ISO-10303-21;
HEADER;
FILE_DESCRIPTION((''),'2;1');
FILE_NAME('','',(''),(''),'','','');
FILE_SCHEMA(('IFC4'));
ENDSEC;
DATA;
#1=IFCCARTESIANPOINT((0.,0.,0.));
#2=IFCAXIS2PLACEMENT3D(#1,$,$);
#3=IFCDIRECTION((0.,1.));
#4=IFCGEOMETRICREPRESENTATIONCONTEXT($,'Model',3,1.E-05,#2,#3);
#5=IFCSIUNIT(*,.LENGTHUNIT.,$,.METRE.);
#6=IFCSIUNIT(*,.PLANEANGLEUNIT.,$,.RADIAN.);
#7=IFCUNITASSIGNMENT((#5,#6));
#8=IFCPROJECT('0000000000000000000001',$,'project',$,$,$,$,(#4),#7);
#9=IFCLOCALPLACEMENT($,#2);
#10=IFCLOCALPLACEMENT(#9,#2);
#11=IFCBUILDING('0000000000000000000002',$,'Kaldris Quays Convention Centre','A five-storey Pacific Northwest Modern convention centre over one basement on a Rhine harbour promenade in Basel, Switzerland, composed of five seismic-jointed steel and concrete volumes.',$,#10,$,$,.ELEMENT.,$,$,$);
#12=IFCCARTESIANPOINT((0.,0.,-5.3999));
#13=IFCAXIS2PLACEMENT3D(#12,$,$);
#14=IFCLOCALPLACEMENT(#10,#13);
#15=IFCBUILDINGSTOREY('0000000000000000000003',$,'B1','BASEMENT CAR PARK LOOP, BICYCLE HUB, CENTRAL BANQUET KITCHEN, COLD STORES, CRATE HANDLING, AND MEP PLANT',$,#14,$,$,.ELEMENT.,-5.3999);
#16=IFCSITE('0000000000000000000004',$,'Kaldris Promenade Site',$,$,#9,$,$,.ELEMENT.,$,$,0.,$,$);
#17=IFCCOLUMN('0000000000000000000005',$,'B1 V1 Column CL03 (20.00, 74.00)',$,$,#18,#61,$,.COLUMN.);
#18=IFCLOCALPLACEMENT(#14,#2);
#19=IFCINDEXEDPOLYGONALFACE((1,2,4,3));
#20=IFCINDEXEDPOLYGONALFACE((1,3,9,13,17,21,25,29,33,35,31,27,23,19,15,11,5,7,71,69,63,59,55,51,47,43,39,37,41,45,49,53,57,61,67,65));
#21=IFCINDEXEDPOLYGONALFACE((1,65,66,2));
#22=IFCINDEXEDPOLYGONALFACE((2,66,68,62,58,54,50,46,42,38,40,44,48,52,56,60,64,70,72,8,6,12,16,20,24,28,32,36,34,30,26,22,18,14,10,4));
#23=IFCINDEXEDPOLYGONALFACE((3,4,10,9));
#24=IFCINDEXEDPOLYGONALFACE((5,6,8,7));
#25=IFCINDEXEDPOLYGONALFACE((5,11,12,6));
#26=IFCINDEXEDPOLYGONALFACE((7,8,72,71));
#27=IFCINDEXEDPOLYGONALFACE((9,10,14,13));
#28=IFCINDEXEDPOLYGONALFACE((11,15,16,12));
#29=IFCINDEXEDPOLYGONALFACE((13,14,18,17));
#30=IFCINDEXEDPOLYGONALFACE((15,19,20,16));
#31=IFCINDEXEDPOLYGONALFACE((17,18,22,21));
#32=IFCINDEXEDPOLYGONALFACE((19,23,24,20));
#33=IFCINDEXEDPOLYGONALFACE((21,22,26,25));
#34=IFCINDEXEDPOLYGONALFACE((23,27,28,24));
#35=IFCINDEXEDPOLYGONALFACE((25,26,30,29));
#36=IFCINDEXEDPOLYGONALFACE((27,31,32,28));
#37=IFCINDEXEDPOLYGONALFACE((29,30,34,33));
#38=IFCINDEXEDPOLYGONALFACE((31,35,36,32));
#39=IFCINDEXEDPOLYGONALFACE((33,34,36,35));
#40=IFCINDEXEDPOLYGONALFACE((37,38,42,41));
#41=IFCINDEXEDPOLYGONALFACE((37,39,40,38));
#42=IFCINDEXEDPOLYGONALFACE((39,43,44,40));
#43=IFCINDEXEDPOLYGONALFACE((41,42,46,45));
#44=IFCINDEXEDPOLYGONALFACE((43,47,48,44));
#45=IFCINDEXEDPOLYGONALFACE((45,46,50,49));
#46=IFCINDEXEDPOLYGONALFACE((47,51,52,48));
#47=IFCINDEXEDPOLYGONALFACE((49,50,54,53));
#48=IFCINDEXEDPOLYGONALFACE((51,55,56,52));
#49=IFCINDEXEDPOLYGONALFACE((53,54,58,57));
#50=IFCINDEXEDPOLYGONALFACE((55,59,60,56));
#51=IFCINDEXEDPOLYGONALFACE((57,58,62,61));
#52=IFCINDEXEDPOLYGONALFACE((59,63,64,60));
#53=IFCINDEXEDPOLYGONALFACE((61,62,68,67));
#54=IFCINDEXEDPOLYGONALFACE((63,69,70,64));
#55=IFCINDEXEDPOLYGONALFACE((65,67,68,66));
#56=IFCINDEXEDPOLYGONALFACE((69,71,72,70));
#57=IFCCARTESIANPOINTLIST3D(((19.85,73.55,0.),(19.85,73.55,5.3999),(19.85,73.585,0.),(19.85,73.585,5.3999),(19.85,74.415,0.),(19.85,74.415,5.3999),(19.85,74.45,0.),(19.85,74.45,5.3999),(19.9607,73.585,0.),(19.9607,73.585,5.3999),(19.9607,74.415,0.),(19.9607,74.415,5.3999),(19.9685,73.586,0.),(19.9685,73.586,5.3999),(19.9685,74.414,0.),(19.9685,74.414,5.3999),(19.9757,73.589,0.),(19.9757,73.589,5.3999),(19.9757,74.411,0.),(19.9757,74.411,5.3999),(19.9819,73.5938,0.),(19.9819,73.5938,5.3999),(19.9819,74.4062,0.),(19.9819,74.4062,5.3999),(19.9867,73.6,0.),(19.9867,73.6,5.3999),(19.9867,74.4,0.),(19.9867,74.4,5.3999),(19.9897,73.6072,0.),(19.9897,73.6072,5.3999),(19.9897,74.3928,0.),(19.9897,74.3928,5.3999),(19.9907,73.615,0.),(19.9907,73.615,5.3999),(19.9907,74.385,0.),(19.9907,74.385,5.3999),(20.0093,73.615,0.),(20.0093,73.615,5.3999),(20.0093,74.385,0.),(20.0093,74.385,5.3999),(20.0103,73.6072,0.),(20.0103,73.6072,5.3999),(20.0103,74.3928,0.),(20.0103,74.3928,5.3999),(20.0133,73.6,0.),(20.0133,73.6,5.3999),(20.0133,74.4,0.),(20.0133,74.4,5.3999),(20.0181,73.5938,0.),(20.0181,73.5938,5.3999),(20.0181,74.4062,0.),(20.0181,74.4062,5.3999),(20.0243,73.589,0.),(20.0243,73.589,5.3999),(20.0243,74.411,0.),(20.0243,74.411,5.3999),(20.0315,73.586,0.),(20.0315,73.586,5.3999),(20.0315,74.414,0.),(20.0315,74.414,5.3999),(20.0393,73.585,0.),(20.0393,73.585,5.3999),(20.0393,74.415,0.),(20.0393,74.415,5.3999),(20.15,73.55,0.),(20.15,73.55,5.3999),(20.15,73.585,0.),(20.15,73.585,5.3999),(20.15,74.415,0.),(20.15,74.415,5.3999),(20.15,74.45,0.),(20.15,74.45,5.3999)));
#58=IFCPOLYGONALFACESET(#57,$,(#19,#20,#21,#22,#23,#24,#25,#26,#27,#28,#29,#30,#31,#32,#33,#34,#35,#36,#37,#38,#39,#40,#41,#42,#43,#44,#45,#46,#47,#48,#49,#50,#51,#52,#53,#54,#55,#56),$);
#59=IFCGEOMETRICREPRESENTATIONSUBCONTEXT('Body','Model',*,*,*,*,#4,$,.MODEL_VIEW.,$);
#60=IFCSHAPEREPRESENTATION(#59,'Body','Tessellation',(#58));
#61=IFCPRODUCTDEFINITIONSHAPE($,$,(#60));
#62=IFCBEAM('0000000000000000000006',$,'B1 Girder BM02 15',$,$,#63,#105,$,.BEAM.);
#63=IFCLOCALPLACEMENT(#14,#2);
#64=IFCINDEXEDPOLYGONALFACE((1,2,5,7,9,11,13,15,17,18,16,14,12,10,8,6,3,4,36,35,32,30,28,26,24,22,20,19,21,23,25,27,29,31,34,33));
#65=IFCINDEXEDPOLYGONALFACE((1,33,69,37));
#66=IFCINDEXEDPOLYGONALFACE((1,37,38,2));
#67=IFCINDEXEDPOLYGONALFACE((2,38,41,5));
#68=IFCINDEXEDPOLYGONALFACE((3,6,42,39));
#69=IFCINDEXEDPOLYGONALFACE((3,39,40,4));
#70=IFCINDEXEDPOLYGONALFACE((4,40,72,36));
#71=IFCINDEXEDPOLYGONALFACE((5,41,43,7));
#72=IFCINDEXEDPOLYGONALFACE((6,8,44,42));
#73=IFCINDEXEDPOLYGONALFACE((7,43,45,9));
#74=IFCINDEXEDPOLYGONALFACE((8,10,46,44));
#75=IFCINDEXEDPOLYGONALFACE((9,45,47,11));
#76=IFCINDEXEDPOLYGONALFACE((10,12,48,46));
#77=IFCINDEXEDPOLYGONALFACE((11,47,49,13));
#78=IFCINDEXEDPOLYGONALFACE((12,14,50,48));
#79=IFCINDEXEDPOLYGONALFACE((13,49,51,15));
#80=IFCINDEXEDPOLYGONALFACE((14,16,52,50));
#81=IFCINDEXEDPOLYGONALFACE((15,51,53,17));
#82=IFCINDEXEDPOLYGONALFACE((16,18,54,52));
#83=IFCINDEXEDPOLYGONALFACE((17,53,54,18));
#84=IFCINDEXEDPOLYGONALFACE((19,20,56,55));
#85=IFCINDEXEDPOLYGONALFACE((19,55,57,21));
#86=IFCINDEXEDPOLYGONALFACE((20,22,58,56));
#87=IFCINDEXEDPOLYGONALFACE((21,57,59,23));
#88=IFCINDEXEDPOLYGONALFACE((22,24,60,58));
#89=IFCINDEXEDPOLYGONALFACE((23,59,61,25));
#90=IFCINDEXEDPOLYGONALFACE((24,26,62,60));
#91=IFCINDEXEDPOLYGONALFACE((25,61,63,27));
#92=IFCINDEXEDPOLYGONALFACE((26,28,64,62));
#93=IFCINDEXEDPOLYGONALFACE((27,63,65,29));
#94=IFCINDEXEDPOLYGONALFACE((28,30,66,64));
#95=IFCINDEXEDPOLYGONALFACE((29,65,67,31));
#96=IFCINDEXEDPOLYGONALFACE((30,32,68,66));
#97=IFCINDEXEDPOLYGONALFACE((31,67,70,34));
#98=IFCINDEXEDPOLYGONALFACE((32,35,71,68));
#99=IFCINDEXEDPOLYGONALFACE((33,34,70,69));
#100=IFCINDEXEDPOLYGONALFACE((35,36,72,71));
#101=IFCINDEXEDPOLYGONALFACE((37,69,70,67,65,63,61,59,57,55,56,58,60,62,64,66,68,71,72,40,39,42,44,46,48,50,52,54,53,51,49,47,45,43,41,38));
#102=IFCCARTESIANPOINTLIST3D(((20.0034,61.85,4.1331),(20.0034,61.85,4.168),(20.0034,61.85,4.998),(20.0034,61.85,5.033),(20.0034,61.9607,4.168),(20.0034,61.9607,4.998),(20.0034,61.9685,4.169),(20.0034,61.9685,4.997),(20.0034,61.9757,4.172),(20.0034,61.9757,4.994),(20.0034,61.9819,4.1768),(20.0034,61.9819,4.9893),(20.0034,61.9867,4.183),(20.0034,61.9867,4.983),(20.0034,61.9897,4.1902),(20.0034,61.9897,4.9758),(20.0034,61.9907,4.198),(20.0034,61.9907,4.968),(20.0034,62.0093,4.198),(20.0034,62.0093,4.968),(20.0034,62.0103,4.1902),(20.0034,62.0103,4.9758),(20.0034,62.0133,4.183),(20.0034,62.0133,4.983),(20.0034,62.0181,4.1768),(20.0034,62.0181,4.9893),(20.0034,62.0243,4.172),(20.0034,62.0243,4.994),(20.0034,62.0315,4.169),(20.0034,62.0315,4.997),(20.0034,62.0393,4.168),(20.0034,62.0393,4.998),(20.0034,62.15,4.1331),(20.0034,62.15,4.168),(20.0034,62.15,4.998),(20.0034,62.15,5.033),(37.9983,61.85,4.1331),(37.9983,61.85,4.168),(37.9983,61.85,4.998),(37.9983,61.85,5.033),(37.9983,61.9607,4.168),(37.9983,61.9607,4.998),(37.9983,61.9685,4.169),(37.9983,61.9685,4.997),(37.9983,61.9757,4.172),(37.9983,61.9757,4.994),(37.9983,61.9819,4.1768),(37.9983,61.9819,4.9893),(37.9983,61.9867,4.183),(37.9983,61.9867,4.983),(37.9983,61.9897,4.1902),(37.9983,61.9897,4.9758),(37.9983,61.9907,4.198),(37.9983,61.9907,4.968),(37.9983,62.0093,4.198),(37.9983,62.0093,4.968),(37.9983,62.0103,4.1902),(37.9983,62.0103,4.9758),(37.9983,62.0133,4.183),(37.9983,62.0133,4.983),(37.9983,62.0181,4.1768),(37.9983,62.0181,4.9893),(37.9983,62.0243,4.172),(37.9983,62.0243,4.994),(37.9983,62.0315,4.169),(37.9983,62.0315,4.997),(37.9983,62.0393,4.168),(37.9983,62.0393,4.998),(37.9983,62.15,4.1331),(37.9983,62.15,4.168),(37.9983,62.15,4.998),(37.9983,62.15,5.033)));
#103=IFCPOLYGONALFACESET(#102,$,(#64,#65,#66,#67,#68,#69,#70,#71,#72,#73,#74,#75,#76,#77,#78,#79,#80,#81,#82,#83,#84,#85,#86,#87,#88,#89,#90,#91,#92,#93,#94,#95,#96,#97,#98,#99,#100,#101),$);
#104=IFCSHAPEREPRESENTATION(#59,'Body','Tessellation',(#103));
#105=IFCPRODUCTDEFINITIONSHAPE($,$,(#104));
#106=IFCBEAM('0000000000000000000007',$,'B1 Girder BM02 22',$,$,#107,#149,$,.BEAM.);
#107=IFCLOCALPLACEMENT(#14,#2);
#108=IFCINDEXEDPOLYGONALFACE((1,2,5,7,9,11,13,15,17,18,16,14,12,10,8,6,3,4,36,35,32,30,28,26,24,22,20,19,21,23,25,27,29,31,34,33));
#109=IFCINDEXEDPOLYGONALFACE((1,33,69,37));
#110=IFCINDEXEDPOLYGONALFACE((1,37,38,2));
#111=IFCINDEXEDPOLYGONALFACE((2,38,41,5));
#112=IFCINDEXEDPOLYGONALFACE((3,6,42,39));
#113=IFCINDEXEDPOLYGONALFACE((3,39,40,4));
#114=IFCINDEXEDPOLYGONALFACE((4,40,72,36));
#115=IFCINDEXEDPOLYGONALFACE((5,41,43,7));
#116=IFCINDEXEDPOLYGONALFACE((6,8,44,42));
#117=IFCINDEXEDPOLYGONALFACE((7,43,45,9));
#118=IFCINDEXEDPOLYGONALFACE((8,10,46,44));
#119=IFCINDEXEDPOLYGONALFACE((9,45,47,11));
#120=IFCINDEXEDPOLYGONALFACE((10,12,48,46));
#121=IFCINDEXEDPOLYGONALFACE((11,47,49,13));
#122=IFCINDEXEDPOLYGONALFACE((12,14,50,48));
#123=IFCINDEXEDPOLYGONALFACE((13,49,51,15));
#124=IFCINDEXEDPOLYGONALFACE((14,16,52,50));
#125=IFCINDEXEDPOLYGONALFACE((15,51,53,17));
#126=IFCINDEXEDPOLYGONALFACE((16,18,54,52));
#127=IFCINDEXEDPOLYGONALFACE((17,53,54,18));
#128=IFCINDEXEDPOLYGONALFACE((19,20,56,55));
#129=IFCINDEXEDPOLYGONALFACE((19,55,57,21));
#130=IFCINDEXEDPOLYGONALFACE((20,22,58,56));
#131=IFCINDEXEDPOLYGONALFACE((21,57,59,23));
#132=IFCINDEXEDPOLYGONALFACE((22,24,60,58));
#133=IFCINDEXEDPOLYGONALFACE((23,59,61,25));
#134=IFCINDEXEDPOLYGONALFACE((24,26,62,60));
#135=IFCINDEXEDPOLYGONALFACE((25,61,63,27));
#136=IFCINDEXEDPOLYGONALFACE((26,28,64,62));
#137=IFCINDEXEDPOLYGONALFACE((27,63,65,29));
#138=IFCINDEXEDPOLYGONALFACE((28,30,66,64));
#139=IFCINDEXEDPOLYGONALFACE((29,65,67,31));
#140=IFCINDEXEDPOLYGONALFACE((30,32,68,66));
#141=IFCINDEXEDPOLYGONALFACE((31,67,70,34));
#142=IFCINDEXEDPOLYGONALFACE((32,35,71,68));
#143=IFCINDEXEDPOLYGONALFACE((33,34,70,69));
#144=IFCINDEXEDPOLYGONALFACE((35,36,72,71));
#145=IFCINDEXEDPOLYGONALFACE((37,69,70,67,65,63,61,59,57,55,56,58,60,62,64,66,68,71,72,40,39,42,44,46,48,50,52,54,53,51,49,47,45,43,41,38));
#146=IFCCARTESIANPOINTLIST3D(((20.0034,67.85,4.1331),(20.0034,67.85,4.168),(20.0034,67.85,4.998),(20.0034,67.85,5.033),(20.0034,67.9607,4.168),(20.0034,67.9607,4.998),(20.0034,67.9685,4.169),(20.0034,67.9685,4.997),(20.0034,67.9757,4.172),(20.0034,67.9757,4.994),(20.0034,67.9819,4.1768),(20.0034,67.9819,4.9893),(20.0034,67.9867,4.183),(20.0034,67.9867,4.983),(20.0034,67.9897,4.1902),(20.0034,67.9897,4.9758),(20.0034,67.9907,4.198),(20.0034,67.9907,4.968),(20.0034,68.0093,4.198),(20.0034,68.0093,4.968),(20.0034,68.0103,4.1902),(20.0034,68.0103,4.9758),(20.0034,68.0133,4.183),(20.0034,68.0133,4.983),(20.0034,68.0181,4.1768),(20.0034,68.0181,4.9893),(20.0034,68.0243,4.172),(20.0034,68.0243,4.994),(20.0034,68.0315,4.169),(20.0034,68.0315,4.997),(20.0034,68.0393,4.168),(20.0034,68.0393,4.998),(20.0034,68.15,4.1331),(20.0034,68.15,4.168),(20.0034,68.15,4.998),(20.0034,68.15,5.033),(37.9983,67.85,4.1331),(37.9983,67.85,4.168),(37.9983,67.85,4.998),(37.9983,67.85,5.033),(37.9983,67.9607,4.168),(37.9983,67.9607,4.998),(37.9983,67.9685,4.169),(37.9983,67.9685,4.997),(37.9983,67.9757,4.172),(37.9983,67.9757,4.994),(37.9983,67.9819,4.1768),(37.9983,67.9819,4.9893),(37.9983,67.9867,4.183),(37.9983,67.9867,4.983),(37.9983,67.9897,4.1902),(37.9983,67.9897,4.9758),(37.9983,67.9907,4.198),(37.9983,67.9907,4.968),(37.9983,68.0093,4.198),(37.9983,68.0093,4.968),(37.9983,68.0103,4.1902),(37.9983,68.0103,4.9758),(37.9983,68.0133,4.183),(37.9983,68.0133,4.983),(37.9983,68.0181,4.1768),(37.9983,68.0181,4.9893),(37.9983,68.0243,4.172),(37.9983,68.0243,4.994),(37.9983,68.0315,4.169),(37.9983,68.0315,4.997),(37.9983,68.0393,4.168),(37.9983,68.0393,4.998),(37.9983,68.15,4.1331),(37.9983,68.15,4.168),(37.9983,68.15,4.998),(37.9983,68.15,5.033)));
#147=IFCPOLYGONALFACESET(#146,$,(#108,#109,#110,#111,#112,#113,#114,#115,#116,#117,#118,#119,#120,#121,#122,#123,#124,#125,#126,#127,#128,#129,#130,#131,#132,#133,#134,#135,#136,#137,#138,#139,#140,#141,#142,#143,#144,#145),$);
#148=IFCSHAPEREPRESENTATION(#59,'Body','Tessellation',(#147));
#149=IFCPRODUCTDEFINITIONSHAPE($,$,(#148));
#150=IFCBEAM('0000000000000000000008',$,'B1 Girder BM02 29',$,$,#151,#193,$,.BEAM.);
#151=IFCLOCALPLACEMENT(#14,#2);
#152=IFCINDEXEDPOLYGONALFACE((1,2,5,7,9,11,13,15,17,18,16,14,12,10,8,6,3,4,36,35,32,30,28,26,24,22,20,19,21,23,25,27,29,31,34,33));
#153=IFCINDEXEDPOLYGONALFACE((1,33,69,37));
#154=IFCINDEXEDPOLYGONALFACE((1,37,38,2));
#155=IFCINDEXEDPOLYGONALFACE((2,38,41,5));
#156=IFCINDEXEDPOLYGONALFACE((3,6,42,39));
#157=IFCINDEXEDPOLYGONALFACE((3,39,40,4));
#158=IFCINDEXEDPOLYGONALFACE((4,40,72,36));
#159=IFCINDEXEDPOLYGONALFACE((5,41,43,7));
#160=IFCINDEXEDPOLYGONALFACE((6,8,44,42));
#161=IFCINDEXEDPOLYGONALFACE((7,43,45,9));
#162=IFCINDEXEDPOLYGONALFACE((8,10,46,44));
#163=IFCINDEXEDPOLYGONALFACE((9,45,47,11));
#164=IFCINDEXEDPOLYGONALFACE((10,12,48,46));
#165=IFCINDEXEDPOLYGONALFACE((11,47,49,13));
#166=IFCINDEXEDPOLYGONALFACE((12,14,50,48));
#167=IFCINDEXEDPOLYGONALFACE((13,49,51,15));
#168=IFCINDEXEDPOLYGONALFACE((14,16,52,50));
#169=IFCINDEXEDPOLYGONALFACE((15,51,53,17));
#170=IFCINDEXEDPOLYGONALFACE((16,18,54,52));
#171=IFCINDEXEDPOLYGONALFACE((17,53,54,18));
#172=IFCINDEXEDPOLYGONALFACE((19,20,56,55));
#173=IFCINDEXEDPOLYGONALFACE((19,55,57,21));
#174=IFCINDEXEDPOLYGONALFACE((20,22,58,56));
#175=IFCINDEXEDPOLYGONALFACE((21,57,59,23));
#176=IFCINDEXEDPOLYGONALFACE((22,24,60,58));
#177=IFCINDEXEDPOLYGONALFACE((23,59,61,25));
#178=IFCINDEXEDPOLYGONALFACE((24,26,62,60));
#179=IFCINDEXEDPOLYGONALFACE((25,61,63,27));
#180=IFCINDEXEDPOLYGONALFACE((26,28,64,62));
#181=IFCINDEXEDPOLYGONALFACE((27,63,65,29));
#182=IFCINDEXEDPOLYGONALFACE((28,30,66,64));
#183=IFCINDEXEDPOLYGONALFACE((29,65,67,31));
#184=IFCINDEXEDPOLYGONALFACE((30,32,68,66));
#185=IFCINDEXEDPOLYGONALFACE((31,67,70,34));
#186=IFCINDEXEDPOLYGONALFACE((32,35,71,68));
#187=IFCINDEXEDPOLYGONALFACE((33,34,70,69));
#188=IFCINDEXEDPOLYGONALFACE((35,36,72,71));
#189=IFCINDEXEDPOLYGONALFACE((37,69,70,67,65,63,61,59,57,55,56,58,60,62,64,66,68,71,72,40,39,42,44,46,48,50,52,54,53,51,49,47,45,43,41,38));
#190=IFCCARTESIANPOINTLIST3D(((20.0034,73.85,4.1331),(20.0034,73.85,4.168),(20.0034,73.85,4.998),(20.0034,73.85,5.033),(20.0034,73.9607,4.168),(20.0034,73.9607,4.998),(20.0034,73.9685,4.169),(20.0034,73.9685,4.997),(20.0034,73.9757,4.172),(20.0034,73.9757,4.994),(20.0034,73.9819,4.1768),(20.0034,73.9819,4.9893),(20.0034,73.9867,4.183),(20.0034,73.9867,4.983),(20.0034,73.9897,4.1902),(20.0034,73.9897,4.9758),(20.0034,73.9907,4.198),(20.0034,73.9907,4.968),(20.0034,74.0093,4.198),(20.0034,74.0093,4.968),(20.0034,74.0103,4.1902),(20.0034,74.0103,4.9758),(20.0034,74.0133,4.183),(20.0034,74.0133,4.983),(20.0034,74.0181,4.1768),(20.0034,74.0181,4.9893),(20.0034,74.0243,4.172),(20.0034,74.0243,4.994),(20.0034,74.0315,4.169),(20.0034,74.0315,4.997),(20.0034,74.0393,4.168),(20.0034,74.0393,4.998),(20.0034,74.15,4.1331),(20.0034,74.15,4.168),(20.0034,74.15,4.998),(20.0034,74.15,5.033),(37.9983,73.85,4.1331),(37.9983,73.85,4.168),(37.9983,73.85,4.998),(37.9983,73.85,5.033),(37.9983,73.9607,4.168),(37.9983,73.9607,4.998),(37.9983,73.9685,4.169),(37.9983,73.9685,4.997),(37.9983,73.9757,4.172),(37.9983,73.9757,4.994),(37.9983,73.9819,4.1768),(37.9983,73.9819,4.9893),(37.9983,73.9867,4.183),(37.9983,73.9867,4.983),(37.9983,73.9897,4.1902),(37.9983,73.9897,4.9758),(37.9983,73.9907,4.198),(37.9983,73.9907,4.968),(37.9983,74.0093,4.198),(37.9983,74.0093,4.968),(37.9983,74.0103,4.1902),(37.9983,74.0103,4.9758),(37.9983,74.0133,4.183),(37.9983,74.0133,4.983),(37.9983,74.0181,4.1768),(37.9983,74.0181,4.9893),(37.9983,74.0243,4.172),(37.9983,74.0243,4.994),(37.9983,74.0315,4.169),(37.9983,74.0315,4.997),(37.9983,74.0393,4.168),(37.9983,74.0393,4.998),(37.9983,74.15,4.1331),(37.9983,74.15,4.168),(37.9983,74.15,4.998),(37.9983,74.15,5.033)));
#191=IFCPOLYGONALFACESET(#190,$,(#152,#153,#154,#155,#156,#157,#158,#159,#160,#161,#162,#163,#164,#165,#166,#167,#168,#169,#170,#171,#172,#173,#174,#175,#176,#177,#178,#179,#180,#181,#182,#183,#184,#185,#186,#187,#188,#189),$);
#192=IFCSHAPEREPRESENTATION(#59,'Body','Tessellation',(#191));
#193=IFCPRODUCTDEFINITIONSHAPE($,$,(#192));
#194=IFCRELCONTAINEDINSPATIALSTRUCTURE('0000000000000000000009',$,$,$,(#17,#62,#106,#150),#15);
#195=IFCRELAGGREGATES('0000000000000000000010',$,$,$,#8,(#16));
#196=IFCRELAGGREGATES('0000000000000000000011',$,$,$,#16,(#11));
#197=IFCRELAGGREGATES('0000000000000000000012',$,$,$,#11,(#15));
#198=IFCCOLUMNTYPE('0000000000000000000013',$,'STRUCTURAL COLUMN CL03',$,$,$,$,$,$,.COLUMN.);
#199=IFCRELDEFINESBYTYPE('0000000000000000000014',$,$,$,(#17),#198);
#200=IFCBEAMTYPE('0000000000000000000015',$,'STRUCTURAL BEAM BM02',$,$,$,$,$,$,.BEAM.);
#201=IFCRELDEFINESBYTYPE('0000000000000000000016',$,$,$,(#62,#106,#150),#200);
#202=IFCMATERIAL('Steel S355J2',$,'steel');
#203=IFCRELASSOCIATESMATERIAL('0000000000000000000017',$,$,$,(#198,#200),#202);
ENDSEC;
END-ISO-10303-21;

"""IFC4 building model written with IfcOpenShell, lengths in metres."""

from ifc_helpers import new_model, si_unit, direction, frame, origin, origin_2d, place, context, subcontext, project, spatial, i_section, extrude, material, material_profile, profile_set, type_object, element, save


model = new_model("IFC4")

# Units and contexts
model_context = context("Model", 3, precision=1e-05, world=origin(), true_north=direction((0.0, 1.0)))
body_context = subcontext(model_context, "Body", "Model", "MODEL_VIEW")
ifc_project = project(units=[si_unit("LENGTHUNIT", "METRE"), si_unit("PLANEANGLEUNIT", "RADIAN")], contexts=[model_context])

# Site, building, storey
site_placement = place(None, origin())
site = spatial("IfcSite", under=ifc_project, at=site_placement, Name="Kaldris Promenade Site", CompositionType="ELEMENT", RefElevation=0.0)
building_placement = place(site_placement, origin())
building = spatial("IfcBuilding", under=site, at=building_placement, Name="Kaldris Quays Convention Centre", Description="A five-storey Pacific Northwest Modern convention centre over one basement on a Rhine harbour promenade in Basel, Switzerland, composed of five seismic-jointed steel and concrete volumes.", CompositionType="ELEMENT")
storey_placement = place(building_placement, frame((0.0, 0.0, -5.3999)))
storey = spatial("IfcBuildingStorey", under=building, at=storey_placement, Name="B1", Description="BASEMENT CAR PARK LOOP, BICYCLE HUB, CENTRAL BANQUET KITCHEN, COLD STORES, CRATE HANDLING, AND MEP PLANT", CompositionType="ELEMENT", Elevation=-5.3999)

# Column
ifc_material_1 = material(Name="Steel S355J2", Category="steel")
ifc_material_profile_1 = material_profile(ifc_material_1, i_section(OverallWidth=0.3, OverallDepth=0.8999, WebThickness=0.0186, FlangeThickness=0.0349, FilletRadius=0.03, at=origin_2d()), Name="HEB 900")
ifc_profile_set_1 = profile_set([ifc_material_profile_1], Name="Steel S355J2")
column_type = type_object("IfcColumnType", Name="STRUCTURAL COLUMN CL03", PredefinedType="COLUMN", material=ifc_profile_set_1)
for number, where, z_axis, x_axis, name in (
    (1, (20.0, 74.0, 0.0), (0.0, 0.0, 1.0), (1.0, 0.0, 0.0), "B1 V1 Column CL03 (20.00, 74.00)"),
):
    element("IfcColumn", number, at=place(storey_placement, frame(where, z_axis=z_axis, x_axis=x_axis)), inside=storey, type_object=column_type, Name=name, PredefinedType="COLUMN", context=body_context, shape_type="SweptSolid", body=[
        extrude(i_section(OverallWidth=0.3, OverallDepth=0.8999, WebThickness=0.0186, FlangeThickness=0.0349, FilletRadius=0.03, at=origin_2d()), origin(), (0.0, 0.0, 1.0), 5.3999),
    ])

# Beams
ifc_material_profile_2 = material_profile(ifc_material_1, i_section(OverallWidth=0.3, OverallDepth=0.8999, WebThickness=0.0186, FlangeThickness=0.0349, FilletRadius=0.03, at=origin_2d()), Name="HEB 900")
ifc_profile_set_2 = profile_set([ifc_material_profile_2], Name="Steel S355J2")
beam_type_1 = type_object("IfcBeamType", Name="STRUCTURAL BEAM BM02", PredefinedType="BEAM", material=ifc_profile_set_2)
for number, where, z_axis, x_axis, name in (
    (2, (20.0034, 62.0, 4.583), (1.0, 0.0, 0.0), (0.0, 1.0, 0.0), "B1 Girder BM02 15"),
    (3, (20.0034, 68.0, 4.583), (1.0, 0.0, 0.0), (0.0, 1.0, 0.0), "B1 Girder BM02 22"),
    (4, (20.0034, 74.0, 4.583), (1.0, 0.0, 0.0), (0.0, 1.0, 0.0), "B1 Girder BM02 29"),
):
    element("IfcBeam", number, at=place(storey_placement, frame(where, z_axis=z_axis, x_axis=x_axis)), inside=storey, type_object=beam_type_1, Name=name, PredefinedType="BEAM", context=body_context, shape_type="SweptSolid", body=[
        extrude(i_section(OverallWidth=0.3, OverallDepth=0.8999, WebThickness=0.0186, FlangeThickness=0.0349, FilletRadius=0.03, at=origin_2d()), origin(), (0.0, 0.0, 1.0), 17.9949),
    ])

save(model, "model.ifc")
